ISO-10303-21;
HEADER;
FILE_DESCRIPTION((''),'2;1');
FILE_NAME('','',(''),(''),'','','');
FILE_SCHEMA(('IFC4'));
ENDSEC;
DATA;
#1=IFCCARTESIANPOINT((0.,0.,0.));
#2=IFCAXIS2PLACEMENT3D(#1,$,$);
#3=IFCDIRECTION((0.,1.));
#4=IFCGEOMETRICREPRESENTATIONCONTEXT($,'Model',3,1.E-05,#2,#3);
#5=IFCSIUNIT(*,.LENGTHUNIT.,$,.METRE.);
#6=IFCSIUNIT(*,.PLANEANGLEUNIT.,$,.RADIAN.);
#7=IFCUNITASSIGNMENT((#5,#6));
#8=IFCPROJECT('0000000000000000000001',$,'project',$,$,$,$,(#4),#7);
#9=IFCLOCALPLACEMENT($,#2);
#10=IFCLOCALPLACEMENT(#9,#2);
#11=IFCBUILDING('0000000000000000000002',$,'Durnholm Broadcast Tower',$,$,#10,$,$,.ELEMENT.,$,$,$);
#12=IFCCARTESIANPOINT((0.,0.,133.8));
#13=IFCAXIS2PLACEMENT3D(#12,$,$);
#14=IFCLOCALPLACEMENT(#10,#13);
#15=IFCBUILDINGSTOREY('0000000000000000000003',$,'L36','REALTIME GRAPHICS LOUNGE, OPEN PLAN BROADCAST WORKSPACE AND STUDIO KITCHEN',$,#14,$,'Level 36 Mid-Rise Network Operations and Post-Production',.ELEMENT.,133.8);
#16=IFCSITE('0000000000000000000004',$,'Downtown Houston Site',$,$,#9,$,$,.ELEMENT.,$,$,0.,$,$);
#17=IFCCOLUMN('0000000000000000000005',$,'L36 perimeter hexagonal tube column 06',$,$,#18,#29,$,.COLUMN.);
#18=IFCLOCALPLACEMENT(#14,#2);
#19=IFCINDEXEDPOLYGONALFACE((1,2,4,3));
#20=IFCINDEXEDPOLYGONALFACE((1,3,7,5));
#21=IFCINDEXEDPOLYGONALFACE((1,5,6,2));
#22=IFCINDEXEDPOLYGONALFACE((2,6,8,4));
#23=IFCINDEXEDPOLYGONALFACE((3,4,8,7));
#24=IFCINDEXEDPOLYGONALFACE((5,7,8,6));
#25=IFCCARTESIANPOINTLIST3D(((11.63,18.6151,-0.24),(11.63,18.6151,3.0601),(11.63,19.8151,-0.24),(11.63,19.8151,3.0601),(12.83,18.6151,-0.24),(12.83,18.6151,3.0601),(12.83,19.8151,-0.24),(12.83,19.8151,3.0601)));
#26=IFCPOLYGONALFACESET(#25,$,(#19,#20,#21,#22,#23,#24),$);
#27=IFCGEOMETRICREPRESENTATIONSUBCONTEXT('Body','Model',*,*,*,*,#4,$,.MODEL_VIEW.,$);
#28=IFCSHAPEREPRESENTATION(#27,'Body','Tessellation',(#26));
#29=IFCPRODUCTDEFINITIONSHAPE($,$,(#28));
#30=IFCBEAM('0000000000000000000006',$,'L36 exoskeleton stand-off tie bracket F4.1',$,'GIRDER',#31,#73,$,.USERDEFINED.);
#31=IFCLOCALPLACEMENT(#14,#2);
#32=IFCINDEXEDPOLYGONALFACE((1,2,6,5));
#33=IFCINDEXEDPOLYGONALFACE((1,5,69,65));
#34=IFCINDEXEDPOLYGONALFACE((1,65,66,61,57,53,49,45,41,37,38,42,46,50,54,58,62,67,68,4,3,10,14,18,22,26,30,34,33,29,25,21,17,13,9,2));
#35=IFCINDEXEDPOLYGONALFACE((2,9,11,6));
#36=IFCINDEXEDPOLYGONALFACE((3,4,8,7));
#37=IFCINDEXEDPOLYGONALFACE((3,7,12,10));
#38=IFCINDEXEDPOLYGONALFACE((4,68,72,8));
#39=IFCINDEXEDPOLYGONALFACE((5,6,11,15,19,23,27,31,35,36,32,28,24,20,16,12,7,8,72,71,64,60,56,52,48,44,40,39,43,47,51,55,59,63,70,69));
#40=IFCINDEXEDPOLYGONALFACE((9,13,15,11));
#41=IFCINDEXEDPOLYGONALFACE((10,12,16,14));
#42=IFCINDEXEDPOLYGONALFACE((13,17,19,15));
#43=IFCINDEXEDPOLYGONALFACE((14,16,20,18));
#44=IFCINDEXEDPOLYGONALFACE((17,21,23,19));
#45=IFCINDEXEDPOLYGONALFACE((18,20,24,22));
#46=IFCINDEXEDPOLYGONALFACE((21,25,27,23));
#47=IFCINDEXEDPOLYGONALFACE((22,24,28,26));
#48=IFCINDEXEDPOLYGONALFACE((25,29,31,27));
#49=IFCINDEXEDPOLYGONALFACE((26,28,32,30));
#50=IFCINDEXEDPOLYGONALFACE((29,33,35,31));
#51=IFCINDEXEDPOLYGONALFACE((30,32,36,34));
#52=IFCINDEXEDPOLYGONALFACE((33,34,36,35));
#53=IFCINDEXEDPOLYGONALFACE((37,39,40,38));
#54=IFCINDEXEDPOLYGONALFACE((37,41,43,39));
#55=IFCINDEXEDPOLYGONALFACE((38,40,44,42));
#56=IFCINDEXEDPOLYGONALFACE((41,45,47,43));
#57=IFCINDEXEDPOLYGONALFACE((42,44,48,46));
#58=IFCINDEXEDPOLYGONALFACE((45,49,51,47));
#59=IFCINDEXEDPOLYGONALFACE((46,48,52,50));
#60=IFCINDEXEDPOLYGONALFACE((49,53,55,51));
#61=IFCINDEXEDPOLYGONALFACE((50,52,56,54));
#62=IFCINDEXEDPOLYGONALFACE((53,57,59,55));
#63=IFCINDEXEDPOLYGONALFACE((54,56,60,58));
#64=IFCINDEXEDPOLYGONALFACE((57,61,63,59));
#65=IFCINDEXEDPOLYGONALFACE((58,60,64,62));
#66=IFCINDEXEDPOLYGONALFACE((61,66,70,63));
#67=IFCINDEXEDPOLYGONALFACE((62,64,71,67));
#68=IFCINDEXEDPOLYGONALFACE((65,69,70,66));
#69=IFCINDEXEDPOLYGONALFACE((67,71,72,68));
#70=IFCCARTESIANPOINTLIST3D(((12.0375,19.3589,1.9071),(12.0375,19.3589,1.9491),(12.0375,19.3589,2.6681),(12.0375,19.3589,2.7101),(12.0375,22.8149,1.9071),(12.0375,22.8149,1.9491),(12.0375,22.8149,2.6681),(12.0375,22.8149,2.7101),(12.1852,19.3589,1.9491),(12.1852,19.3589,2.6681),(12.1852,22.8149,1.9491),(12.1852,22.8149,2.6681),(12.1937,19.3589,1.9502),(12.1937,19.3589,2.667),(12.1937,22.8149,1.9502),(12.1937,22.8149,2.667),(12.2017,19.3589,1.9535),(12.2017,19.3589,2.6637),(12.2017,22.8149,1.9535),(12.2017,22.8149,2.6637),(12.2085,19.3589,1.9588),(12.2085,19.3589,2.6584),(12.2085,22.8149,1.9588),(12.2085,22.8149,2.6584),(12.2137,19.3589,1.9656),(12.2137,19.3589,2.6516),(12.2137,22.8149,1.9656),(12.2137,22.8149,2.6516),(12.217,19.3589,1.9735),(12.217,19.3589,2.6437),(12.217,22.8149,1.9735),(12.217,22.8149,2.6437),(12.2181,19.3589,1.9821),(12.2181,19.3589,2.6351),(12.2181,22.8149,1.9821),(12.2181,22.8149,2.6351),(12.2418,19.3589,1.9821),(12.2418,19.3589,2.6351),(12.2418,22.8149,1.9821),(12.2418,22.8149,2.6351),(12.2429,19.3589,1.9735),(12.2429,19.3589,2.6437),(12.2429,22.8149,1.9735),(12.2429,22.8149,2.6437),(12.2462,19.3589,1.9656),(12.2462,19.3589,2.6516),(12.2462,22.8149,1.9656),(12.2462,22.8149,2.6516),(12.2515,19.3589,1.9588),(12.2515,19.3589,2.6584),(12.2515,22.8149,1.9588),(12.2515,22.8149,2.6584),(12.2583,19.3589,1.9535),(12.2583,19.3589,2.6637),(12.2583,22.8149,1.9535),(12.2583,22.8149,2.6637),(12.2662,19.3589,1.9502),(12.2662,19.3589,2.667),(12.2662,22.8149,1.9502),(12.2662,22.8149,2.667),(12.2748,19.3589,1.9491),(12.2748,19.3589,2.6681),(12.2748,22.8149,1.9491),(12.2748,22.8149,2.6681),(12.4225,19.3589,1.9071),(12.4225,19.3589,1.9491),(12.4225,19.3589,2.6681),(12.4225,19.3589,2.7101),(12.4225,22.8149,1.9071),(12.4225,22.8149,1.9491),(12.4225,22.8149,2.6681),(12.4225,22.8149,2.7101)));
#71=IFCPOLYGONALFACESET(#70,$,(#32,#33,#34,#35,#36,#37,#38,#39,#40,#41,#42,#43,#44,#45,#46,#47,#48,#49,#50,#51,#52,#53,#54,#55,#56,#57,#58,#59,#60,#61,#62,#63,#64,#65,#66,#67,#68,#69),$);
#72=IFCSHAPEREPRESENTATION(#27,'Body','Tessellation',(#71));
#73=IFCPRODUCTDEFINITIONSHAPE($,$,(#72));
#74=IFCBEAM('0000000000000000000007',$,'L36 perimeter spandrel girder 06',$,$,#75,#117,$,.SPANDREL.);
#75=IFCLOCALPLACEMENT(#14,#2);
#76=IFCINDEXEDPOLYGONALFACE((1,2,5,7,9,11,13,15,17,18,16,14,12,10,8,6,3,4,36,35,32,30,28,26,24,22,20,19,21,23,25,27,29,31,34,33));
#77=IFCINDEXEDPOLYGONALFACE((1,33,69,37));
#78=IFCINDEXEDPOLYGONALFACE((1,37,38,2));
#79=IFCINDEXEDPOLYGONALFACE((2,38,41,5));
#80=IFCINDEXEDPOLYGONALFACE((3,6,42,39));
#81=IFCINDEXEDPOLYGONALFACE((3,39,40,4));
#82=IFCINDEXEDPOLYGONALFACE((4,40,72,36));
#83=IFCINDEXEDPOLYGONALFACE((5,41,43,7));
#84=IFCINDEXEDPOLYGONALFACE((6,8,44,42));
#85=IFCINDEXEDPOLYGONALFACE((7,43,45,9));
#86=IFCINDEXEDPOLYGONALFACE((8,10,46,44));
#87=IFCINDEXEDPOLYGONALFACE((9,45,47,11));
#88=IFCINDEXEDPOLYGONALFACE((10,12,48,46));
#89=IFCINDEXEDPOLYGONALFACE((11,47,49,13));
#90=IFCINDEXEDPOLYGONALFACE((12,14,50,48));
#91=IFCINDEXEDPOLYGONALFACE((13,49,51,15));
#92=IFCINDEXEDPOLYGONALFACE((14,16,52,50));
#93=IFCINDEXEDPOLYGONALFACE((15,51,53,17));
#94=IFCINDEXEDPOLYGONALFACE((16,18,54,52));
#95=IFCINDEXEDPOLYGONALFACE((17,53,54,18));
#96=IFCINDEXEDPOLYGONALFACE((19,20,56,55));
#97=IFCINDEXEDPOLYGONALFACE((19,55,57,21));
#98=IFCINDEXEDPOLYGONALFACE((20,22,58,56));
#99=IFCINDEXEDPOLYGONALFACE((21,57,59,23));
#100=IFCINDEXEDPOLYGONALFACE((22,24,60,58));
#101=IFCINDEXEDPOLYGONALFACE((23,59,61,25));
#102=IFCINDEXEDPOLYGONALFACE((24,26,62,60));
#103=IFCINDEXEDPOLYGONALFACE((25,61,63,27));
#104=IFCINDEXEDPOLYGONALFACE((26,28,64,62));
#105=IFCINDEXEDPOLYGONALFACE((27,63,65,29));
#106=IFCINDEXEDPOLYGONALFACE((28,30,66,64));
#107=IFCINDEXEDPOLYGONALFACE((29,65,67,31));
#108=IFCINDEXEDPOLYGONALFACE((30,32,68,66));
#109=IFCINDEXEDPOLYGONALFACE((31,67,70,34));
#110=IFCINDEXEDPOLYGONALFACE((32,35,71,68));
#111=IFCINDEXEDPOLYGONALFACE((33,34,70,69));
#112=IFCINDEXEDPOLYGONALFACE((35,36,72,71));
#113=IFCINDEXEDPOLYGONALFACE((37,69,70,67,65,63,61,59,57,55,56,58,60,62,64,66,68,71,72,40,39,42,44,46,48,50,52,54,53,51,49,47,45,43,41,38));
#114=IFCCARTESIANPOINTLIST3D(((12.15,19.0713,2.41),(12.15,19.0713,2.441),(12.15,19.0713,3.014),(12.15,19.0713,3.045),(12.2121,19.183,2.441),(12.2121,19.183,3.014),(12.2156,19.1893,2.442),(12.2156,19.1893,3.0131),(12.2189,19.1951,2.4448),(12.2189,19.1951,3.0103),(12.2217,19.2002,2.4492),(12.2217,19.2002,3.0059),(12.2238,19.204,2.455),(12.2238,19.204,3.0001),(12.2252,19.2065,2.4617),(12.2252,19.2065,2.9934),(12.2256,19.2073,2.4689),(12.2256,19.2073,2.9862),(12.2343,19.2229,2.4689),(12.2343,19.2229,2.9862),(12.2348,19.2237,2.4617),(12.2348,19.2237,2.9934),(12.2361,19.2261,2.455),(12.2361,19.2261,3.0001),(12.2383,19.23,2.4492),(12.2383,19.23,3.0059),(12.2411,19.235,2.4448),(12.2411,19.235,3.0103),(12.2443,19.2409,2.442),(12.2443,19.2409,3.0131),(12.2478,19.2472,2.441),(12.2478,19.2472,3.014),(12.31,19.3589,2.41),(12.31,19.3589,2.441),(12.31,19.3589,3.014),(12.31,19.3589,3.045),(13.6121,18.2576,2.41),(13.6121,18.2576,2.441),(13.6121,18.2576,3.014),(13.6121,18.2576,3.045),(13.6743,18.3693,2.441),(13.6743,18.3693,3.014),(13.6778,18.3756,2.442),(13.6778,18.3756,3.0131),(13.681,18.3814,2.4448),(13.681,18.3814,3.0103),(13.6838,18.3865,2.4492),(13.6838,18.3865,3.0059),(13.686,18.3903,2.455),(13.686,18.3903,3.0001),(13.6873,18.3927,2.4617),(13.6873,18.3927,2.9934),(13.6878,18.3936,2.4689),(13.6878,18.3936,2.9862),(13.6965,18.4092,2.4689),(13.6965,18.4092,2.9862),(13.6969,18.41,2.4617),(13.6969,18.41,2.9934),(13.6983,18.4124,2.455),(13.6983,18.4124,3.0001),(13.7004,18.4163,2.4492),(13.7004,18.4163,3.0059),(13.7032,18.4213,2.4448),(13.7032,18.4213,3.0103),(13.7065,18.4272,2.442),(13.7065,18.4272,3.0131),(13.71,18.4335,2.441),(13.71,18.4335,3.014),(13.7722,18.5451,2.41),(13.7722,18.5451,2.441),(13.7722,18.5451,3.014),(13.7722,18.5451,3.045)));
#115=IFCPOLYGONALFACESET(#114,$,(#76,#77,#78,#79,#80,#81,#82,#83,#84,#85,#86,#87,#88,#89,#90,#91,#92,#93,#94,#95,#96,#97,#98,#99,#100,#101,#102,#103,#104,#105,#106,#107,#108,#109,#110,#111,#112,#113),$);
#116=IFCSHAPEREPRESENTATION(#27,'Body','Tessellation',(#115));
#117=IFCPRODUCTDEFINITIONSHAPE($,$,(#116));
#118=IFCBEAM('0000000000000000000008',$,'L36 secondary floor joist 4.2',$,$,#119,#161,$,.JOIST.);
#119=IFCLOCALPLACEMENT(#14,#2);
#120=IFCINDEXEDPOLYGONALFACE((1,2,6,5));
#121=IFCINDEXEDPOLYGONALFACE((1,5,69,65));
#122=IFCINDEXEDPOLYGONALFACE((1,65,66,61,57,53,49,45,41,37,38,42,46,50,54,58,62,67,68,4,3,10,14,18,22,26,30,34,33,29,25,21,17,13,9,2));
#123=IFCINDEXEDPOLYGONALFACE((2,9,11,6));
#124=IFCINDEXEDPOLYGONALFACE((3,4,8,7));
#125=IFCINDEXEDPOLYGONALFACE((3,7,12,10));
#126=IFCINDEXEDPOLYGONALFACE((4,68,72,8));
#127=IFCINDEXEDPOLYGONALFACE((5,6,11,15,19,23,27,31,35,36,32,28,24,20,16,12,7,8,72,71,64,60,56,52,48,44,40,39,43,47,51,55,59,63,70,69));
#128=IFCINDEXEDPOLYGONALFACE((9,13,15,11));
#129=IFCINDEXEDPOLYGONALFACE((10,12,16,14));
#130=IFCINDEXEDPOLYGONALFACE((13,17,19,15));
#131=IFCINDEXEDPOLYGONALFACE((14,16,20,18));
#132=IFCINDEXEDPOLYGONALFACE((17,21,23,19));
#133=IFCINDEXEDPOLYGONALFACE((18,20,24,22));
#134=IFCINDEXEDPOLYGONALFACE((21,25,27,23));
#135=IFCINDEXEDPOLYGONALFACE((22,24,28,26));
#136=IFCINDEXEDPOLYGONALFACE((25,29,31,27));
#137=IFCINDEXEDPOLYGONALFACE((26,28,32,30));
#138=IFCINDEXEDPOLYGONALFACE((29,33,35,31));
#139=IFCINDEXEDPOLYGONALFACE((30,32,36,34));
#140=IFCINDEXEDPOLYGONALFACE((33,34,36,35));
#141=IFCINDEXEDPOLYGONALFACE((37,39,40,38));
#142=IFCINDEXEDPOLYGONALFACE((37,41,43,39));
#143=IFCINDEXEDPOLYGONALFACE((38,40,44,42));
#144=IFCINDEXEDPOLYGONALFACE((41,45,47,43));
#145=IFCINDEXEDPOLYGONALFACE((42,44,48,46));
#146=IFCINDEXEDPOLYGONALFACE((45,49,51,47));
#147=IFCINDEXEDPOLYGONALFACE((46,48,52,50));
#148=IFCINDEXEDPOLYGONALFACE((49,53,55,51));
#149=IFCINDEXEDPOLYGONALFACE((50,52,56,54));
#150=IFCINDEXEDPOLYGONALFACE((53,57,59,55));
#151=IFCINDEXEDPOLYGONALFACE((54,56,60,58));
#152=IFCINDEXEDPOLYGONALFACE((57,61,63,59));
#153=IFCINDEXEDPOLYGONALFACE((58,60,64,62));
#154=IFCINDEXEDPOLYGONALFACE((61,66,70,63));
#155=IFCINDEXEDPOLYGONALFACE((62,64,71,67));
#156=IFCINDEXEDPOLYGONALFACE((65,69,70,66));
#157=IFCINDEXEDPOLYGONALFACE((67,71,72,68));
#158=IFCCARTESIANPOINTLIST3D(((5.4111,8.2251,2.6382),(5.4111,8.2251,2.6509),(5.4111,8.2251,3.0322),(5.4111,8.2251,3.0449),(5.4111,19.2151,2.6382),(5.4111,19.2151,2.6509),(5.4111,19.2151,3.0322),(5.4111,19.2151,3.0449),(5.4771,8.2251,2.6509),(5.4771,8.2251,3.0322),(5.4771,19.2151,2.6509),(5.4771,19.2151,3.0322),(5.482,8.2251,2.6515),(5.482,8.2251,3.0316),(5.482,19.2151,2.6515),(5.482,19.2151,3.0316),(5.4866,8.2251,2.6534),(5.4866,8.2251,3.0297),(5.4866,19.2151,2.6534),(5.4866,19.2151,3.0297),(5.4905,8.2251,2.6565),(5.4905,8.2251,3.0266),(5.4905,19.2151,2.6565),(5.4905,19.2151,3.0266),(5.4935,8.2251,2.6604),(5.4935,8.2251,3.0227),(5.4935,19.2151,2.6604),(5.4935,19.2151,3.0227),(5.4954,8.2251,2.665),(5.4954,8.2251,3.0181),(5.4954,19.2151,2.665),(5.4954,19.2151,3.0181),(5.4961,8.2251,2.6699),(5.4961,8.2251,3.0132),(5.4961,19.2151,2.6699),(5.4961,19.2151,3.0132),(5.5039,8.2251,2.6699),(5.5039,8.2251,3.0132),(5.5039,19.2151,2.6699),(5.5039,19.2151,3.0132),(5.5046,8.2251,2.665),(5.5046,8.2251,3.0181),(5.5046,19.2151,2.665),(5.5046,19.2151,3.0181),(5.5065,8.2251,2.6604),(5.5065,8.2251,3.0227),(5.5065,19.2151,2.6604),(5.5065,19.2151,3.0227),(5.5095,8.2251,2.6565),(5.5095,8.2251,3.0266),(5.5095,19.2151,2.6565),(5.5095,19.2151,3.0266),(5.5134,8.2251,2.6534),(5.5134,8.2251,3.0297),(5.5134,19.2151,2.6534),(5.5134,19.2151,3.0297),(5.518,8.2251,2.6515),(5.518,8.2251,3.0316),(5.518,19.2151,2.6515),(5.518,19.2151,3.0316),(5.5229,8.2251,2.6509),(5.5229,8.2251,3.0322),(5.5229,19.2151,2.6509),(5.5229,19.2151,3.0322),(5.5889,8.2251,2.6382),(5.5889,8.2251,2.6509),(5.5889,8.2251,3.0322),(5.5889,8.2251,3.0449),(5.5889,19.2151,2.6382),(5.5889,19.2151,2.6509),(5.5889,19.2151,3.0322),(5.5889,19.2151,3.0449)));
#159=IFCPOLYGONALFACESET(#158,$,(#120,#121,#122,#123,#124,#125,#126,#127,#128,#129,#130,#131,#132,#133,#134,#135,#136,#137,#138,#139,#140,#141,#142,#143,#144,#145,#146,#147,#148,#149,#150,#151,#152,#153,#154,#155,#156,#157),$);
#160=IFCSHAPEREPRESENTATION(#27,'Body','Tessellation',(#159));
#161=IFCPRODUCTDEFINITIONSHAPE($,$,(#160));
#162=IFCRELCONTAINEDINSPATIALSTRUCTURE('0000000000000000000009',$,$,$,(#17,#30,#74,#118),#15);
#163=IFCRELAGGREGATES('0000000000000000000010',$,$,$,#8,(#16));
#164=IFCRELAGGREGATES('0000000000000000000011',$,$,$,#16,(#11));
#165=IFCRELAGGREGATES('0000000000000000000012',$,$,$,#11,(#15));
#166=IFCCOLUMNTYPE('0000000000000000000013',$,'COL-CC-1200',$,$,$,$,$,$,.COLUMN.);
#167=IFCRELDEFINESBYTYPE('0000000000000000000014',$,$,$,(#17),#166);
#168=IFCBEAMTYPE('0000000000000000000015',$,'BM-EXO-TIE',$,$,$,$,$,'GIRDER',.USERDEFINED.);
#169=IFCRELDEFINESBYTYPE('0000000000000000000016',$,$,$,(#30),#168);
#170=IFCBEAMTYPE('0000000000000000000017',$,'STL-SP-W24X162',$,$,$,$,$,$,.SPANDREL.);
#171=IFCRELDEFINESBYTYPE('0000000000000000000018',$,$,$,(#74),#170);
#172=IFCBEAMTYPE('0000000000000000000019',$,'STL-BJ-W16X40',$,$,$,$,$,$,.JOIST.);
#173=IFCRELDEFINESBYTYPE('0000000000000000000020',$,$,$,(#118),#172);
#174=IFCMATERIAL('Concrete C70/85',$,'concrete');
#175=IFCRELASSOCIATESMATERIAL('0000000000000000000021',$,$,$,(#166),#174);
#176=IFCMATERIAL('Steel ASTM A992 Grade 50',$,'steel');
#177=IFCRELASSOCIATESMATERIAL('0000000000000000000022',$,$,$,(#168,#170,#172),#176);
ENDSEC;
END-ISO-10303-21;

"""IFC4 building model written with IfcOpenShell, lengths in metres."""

from ifc_helpers import new_model, si_unit, direction, frame, origin, origin_2d, place, context, subcontext, project, spatial, rectangle, i_section, extrude, source, transform, mapped, material, material_profile, profile_set, type_object, type_shapes, element, save


model = new_model("IFC4")

# Units and contexts
model_context = context("Model", 3, precision=1e-05, world=origin(), true_north=direction((0.0, 1.0)))
body_context = subcontext(model_context, "Body", "Model", "MODEL_VIEW")
ifc_project = project(units=[si_unit("LENGTHUNIT", "METRE"), si_unit("PLANEANGLEUNIT", "RADIAN")], contexts=[model_context])

# Site, building, storey
site_placement = place(None, origin())
site = spatial("IfcSite", under=ifc_project, at=site_placement, Name="Downtown Houston Site", CompositionType="ELEMENT", RefElevation=0.0)
building_placement = place(site_placement, origin())
building = spatial("IfcBuilding", under=site, at=building_placement, Name="Durnholm Broadcast Tower", CompositionType="ELEMENT")
storey_placement = place(building_placement, frame((0.0, 0.0, 133.8)))
storey = spatial("IfcBuildingStorey", under=building, at=storey_placement, Name="L36", Description="REALTIME GRAPHICS LOUNGE, OPEN PLAN BROADCAST WORKSPACE AND STUDIO KITCHEN", LongName="Level 36 Mid-Rise Network Operations and Post-Production", CompositionType="ELEMENT", Elevation=133.8)

# Column
ifc_material_1 = material(Name="Concrete C70/85", Category="concrete")
ifc_material_profile_1 = material_profile(ifc_material_1, rectangle(XDim=1.2, YDim=1.2, at=origin_2d()), Name="RC1200X1200")
ifc_profile_set_1 = profile_set([ifc_material_profile_1], Name="Concrete C70/85")
column_type = type_object("IfcColumnType", Name="COL-CC-1200", PredefinedType="COLUMN", material=ifc_profile_set_1)
shared_shape_1 = source(origin(), body_context, "Body", "SweptSolid", [
    extrude(rectangle(XDim=1.2, YDim=1.2, at=origin_2d()), origin(), (0.0, 0.0, 1.0), 3.3),
])
type_shapes(column_type, [shared_shape_1])
column_placement = place(storey_placement, frame((12.23, 19.2151, -0.24), z_axis=(0.0, 0.0, 1.0), x_axis=(1.0, 0.0, 0.0)))
element("IfcColumn", 1, at=column_placement, inside=storey, type_object=column_type, Name="L36 perimeter hexagonal tube column 06", PredefinedType="COLUMN", context=body_context, shape_type="MappedRepresentation", body=[
    mapped(shared_shape_1, transform((0.0, 0.0, 0.0), x_axis=(1.0, 0.0, 0.0), y_axis=(0.0, 1.0, 0.0), z_axis=(0.0, 0.0, 1.0), scale=1.0)),
])

# Beams
ifc_material_2 = material(Name="Steel ASTM A992 Grade 50", Category="steel")
ifc_material_profile_2 = material_profile(ifc_material_2, i_section(OverallWidth=0.385, OverallDepth=0.803, WebThickness=0.0237, FlangeThickness=0.042, FilletRadius=0.033, at=origin_2d()), Name="W30X261")
ifc_profile_set_2 = profile_set([ifc_material_profile_2], Name="Steel ASTM A992 Grade 50")
beam_type_1 = type_object("IfcBeamType", Name="BM-EXO-TIE", ElementType="GIRDER", PredefinedType="USERDEFINED", material=ifc_profile_set_2)
shared_shape_2 = source(origin(), body_context, "Body", "SweptSolid", [
    extrude(i_section(OverallWidth=0.385, OverallDepth=0.803, WebThickness=0.0237, FlangeThickness=0.042, FilletRadius=0.033, at=origin_2d()), origin(), (0.0, 0.0, 1.0), 3.4561),
])
beam_1_placement = place(storey_placement, frame((12.23, 19.3589, 2.3086), z_axis=(0.0, 1.0, 0.0), x_axis=(-1.0, 0.0, 0.0)))
element("IfcBeam", 2, at=beam_1_placement, inside=storey, type_object=beam_type_1, Name="L36 exoskeleton stand-off tie bracket F4.1", ObjectType="GIRDER", PredefinedType="USERDEFINED", context=body_context, shape_type="MappedRepresentation", body=[
    mapped(shared_shape_2, transform((0.0, 0.0, 0.0), x_axis=(1.0, 0.0, 0.0), y_axis=(0.0, 1.0, 0.0), z_axis=(0.0, 0.0, 1.0), scale=1.0)),
])
ifc_material_profile_3 = material_profile(ifc_material_2, i_section(OverallWidth=0.3291, OverallDepth=0.635, WebThickness=0.0178, FlangeThickness=0.031, FilletRadius=0.0278, at=origin_2d()), Name="W24X162")
ifc_profile_set_3 = profile_set([ifc_material_profile_3], Name="Steel ASTM A992 Grade 50")
beam_type_2 = type_object("IfcBeamType", Name="STL-SP-W24X162", PredefinedType="SPANDREL", material=ifc_profile_set_3)
shared_shape_3 = source(origin(), body_context, "Body", "SweptSolid", [
    extrude(i_section(OverallWidth=0.3291, OverallDepth=0.635, WebThickness=0.0178, FlangeThickness=0.031, FilletRadius=0.0278, at=origin_2d()), origin(), (0.0, 0.0, 1.0), 1.6733),
])
type_shapes(beam_type_2, [shared_shape_3])
beam_2_placement = place(storey_placement, frame((12.23, 19.2151, 2.7275), z_axis=(0.873799, -0.486287, 0.0), x_axis=(0.486287, 0.873799, 0.0)))
element("IfcBeam", 3, at=beam_2_placement, inside=storey, type_object=beam_type_2, Name="L36 perimeter spandrel girder 06", PredefinedType="SPANDREL", context=body_context, shape_type="MappedRepresentation", body=[
    mapped(shared_shape_3, transform((0.0, 0.0, 0.0), x_axis=(1.0, 0.0, 0.0), y_axis=(0.0, 1.0, 0.0), z_axis=(0.0, 0.0, 1.0), scale=1.0)),
])
ifc_material_profile_4 = material_profile(ifc_material_2, i_section(OverallWidth=0.1777, OverallDepth=0.4067, WebThickness=0.0078, FlangeThickness=0.0127, FilletRadius=0.019, at=origin_2d()), Name="W16X40")
ifc_profile_set_4 = profile_set([ifc_material_profile_4], Name="Steel ASTM A992 Grade 50")
beam_type_3 = type_object("IfcBeamType", Name="STL-BJ-W16X40", PredefinedType="JOIST", material=ifc_profile_set_4)
shared_shape_4 = source(origin(), body_context, "Body", "SweptSolid", [
    extrude(i_section(OverallWidth=0.1777, OverallDepth=0.4067, WebThickness=0.0078, FlangeThickness=0.0127, FilletRadius=0.019, at=origin_2d()), origin(), (0.0, 0.0, 1.0), 10.99),
])
type_shapes(beam_type_3, [shared_shape_4])
beam_3_placement = place(storey_placement, frame((5.5, 8.2251, 2.8416), z_axis=(0.0, 1.0, 0.0), x_axis=(-1.0, 0.0, 0.0)))
element("IfcBeam", 4, at=beam_3_placement, inside=storey, type_object=beam_type_3, Name="L36 secondary floor joist 4.2", PredefinedType="JOIST", context=body_context, shape_type="MappedRepresentation", body=[
    mapped(shared_shape_4, transform((0.0, 0.0, 0.0), x_axis=(1.0, 0.0, 0.0), y_axis=(0.0, 1.0, 0.0), z_axis=(0.0, 0.0, 1.0), scale=1.0)),
])

save(model, "model.ifc")
